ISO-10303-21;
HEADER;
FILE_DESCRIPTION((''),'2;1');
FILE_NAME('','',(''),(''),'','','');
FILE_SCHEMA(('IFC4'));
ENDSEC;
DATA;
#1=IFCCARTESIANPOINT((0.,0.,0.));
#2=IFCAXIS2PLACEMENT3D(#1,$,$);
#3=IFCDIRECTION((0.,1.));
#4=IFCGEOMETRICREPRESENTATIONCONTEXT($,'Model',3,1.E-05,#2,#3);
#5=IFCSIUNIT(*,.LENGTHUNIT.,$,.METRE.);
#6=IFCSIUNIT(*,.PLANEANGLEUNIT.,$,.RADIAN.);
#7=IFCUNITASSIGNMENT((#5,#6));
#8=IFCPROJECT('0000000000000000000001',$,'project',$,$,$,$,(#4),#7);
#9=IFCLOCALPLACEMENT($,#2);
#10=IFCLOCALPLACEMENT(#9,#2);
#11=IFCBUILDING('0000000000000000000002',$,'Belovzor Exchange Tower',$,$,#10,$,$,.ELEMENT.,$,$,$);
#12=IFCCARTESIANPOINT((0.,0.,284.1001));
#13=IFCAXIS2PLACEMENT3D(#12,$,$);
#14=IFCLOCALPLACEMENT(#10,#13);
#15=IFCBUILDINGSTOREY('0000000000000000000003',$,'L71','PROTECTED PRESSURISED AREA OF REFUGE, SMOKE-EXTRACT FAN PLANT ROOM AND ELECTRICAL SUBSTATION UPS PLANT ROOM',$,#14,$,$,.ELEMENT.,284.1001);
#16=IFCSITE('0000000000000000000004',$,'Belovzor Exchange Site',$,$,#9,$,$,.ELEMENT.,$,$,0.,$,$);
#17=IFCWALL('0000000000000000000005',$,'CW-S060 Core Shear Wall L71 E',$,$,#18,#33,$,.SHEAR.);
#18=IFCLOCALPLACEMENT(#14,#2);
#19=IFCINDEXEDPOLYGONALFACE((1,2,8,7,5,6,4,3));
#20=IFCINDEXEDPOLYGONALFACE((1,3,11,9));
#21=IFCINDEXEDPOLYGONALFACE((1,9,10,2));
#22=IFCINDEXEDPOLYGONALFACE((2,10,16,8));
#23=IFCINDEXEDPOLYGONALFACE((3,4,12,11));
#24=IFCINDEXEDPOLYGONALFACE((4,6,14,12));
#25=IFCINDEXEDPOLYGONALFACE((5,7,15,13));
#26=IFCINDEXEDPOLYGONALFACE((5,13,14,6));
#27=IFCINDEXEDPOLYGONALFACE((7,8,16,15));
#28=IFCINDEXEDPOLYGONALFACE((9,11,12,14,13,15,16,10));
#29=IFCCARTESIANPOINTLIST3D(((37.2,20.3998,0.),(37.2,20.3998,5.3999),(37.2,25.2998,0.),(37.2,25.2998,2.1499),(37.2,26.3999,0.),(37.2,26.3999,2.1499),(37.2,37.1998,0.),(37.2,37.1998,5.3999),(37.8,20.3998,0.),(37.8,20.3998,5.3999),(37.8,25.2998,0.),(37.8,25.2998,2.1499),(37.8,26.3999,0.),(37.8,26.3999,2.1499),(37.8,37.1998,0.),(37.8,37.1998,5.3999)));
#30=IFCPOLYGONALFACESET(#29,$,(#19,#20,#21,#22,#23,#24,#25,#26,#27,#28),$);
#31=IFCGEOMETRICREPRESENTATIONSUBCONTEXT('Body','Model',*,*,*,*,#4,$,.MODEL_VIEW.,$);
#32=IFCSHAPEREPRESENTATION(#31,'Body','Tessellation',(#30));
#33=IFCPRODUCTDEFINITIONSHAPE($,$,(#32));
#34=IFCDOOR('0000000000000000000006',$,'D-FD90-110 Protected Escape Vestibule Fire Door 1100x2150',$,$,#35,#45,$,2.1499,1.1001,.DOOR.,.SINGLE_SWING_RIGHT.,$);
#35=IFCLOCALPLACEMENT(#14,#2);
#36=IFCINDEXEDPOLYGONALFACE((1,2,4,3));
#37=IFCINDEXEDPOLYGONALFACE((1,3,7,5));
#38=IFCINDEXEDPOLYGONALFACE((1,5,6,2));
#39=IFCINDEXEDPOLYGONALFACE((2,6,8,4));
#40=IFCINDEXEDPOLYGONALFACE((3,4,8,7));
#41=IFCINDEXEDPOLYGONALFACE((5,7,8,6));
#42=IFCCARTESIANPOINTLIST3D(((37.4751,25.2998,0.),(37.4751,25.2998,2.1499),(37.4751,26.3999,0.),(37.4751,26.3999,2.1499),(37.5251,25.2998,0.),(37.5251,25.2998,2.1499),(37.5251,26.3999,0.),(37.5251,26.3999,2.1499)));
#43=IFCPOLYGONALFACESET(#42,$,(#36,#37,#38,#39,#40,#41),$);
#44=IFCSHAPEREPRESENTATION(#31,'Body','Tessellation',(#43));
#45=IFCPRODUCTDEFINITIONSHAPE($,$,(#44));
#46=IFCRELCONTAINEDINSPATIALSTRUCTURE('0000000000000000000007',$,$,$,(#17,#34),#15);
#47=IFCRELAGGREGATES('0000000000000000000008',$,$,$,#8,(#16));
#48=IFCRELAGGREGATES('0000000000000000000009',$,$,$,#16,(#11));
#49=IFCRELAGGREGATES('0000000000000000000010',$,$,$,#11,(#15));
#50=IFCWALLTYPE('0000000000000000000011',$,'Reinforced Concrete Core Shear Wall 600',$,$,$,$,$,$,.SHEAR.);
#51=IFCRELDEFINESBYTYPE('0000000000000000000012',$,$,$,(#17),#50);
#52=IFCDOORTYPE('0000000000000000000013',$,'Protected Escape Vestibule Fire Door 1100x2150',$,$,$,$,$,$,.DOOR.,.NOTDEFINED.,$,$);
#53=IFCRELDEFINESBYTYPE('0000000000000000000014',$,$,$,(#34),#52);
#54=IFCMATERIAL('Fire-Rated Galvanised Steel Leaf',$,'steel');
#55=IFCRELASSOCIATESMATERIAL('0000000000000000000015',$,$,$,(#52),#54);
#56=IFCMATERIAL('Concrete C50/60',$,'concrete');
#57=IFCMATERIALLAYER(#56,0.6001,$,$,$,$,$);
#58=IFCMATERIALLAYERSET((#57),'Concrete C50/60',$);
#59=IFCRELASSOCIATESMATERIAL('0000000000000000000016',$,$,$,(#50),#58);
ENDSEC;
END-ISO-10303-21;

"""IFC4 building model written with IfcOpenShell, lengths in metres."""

from ifc_helpers import new_model, si_unit, direction, frame, frame_2d, origin, place, context, subcontext, project, spatial, rectangle, extrude, material, layer, layer_set, type_object, element, fill, save


model = new_model("IFC4")

# Units and contexts
model_context = context("Model", 3, precision=1e-05, world=origin(), true_north=direction((0.0, 1.0)))
body_context = subcontext(model_context, "Body", "Model", "MODEL_VIEW")
ifc_project = project(units=[si_unit("LENGTHUNIT", "METRE"), si_unit("PLANEANGLEUNIT", "RADIAN")], contexts=[model_context])

# Site, building, storey
site_placement = place(None, origin())
site = spatial("IfcSite", under=ifc_project, at=site_placement, Name="Belovzor Exchange Site", CompositionType="ELEMENT", RefElevation=0.0)
building_placement = place(site_placement, origin())
building = spatial("IfcBuilding", under=site, at=building_placement, Name="Belovzor Exchange Tower", CompositionType="ELEMENT")
storey_placement = place(building_placement, frame((0.0, 0.0, 284.1001)))
storey = spatial("IfcBuildingStorey", under=building, at=storey_placement, Name="L71", Description="PROTECTED PRESSURISED AREA OF REFUGE, SMOKE-EXTRACT FAN PLANT ROOM AND ELECTRICAL SUBSTATION UPS PLANT ROOM", CompositionType="ELEMENT", Elevation=284.1001)

# Shared definitions
ifc_material_1 = material(Name="Fire-Rated Galvanised Steel Leaf", Category="steel")
door_type_1 = type_object("IfcDoorType", Name="Protected Escape Vestibule Fire Door 1100x2150", OperationType="NOTDEFINED", PredefinedType="DOOR", material=ifc_material_1)

# Wall, opening, door
ifc_material_2 = material(Name="Concrete C50/60", Category="concrete")
ifc_layer_1 = layer(ifc_material_2, 0.6001)
ifc_layer_set_1 = layer_set([ifc_layer_1], Name="Concrete C50/60")
wall_type_1 = type_object("IfcWallType", Name="Reinforced Concrete Core Shear Wall 600", PredefinedType="SHEAR", material=ifc_layer_set_1)
wall_1_placement = place(storey_placement, frame((37.5, 20.3999, 0.0), z_axis=(0.0, 0.0, 1.0), x_axis=(0.0, 1.0, 0.0)))
wall_1 = element("IfcWall", 1, at=wall_1_placement, inside=storey, type_object=wall_type_1, Name="CW-S060 Core Shear Wall L71 E", PredefinedType="SHEAR", context=body_context, shape_type="SweptSolid", body=[
    extrude(rectangle(XDim=16.8, YDim=0.6001, at=frame_2d((8.3999, 0.0))), origin(), (0.0, 0.0, 1.0), 5.3999),
])
opening_1_placement = place(wall_1_placement, frame((4.8999, 0.0, 0.0)))
opening_1 = element("IfcOpeningElement", 2, at=opening_1_placement, cuts=wall_1, PredefinedType="OPENING", context=body_context, shape_type="SweptSolid", body=[
    extrude(rectangle(XDim=1.1001, YDim=2.1499, at=frame_2d((0.55, 1.075))), frame((0.0, 0.3101, 0.0), z_axis=(0.0, -1.0, 0.0), x_axis=(1.0, 0.0, 0.0)), (0.0, 0.0, 1.0), 0.6201),
])
door_1_placement = place(opening_1_placement, origin())
door_1 = element("IfcDoor", 3, at=door_1_placement, inside=storey, type_object=door_type_1, Name="D-FD90-110 Protected Escape Vestibule Fire Door 1100x2150", OperationType="SINGLE_SWING_RIGHT", OverallHeight=2.1499, OverallWidth=1.1001, PredefinedType="DOOR", context=body_context, shape_type="SweptSolid", body=[
    extrude(rectangle(XDim=1.1001, YDim=2.1499, at=frame_2d((0.55, 1.075))), frame((0.0, 0.0249, 0.0), z_axis=(0.0, -1.0, 0.0), x_axis=(1.0, 0.0, 0.0)), (0.0, 0.0, 1.0), 0.05),
])
fill(opening_1, door_1)

save(model, "model.ifc")
